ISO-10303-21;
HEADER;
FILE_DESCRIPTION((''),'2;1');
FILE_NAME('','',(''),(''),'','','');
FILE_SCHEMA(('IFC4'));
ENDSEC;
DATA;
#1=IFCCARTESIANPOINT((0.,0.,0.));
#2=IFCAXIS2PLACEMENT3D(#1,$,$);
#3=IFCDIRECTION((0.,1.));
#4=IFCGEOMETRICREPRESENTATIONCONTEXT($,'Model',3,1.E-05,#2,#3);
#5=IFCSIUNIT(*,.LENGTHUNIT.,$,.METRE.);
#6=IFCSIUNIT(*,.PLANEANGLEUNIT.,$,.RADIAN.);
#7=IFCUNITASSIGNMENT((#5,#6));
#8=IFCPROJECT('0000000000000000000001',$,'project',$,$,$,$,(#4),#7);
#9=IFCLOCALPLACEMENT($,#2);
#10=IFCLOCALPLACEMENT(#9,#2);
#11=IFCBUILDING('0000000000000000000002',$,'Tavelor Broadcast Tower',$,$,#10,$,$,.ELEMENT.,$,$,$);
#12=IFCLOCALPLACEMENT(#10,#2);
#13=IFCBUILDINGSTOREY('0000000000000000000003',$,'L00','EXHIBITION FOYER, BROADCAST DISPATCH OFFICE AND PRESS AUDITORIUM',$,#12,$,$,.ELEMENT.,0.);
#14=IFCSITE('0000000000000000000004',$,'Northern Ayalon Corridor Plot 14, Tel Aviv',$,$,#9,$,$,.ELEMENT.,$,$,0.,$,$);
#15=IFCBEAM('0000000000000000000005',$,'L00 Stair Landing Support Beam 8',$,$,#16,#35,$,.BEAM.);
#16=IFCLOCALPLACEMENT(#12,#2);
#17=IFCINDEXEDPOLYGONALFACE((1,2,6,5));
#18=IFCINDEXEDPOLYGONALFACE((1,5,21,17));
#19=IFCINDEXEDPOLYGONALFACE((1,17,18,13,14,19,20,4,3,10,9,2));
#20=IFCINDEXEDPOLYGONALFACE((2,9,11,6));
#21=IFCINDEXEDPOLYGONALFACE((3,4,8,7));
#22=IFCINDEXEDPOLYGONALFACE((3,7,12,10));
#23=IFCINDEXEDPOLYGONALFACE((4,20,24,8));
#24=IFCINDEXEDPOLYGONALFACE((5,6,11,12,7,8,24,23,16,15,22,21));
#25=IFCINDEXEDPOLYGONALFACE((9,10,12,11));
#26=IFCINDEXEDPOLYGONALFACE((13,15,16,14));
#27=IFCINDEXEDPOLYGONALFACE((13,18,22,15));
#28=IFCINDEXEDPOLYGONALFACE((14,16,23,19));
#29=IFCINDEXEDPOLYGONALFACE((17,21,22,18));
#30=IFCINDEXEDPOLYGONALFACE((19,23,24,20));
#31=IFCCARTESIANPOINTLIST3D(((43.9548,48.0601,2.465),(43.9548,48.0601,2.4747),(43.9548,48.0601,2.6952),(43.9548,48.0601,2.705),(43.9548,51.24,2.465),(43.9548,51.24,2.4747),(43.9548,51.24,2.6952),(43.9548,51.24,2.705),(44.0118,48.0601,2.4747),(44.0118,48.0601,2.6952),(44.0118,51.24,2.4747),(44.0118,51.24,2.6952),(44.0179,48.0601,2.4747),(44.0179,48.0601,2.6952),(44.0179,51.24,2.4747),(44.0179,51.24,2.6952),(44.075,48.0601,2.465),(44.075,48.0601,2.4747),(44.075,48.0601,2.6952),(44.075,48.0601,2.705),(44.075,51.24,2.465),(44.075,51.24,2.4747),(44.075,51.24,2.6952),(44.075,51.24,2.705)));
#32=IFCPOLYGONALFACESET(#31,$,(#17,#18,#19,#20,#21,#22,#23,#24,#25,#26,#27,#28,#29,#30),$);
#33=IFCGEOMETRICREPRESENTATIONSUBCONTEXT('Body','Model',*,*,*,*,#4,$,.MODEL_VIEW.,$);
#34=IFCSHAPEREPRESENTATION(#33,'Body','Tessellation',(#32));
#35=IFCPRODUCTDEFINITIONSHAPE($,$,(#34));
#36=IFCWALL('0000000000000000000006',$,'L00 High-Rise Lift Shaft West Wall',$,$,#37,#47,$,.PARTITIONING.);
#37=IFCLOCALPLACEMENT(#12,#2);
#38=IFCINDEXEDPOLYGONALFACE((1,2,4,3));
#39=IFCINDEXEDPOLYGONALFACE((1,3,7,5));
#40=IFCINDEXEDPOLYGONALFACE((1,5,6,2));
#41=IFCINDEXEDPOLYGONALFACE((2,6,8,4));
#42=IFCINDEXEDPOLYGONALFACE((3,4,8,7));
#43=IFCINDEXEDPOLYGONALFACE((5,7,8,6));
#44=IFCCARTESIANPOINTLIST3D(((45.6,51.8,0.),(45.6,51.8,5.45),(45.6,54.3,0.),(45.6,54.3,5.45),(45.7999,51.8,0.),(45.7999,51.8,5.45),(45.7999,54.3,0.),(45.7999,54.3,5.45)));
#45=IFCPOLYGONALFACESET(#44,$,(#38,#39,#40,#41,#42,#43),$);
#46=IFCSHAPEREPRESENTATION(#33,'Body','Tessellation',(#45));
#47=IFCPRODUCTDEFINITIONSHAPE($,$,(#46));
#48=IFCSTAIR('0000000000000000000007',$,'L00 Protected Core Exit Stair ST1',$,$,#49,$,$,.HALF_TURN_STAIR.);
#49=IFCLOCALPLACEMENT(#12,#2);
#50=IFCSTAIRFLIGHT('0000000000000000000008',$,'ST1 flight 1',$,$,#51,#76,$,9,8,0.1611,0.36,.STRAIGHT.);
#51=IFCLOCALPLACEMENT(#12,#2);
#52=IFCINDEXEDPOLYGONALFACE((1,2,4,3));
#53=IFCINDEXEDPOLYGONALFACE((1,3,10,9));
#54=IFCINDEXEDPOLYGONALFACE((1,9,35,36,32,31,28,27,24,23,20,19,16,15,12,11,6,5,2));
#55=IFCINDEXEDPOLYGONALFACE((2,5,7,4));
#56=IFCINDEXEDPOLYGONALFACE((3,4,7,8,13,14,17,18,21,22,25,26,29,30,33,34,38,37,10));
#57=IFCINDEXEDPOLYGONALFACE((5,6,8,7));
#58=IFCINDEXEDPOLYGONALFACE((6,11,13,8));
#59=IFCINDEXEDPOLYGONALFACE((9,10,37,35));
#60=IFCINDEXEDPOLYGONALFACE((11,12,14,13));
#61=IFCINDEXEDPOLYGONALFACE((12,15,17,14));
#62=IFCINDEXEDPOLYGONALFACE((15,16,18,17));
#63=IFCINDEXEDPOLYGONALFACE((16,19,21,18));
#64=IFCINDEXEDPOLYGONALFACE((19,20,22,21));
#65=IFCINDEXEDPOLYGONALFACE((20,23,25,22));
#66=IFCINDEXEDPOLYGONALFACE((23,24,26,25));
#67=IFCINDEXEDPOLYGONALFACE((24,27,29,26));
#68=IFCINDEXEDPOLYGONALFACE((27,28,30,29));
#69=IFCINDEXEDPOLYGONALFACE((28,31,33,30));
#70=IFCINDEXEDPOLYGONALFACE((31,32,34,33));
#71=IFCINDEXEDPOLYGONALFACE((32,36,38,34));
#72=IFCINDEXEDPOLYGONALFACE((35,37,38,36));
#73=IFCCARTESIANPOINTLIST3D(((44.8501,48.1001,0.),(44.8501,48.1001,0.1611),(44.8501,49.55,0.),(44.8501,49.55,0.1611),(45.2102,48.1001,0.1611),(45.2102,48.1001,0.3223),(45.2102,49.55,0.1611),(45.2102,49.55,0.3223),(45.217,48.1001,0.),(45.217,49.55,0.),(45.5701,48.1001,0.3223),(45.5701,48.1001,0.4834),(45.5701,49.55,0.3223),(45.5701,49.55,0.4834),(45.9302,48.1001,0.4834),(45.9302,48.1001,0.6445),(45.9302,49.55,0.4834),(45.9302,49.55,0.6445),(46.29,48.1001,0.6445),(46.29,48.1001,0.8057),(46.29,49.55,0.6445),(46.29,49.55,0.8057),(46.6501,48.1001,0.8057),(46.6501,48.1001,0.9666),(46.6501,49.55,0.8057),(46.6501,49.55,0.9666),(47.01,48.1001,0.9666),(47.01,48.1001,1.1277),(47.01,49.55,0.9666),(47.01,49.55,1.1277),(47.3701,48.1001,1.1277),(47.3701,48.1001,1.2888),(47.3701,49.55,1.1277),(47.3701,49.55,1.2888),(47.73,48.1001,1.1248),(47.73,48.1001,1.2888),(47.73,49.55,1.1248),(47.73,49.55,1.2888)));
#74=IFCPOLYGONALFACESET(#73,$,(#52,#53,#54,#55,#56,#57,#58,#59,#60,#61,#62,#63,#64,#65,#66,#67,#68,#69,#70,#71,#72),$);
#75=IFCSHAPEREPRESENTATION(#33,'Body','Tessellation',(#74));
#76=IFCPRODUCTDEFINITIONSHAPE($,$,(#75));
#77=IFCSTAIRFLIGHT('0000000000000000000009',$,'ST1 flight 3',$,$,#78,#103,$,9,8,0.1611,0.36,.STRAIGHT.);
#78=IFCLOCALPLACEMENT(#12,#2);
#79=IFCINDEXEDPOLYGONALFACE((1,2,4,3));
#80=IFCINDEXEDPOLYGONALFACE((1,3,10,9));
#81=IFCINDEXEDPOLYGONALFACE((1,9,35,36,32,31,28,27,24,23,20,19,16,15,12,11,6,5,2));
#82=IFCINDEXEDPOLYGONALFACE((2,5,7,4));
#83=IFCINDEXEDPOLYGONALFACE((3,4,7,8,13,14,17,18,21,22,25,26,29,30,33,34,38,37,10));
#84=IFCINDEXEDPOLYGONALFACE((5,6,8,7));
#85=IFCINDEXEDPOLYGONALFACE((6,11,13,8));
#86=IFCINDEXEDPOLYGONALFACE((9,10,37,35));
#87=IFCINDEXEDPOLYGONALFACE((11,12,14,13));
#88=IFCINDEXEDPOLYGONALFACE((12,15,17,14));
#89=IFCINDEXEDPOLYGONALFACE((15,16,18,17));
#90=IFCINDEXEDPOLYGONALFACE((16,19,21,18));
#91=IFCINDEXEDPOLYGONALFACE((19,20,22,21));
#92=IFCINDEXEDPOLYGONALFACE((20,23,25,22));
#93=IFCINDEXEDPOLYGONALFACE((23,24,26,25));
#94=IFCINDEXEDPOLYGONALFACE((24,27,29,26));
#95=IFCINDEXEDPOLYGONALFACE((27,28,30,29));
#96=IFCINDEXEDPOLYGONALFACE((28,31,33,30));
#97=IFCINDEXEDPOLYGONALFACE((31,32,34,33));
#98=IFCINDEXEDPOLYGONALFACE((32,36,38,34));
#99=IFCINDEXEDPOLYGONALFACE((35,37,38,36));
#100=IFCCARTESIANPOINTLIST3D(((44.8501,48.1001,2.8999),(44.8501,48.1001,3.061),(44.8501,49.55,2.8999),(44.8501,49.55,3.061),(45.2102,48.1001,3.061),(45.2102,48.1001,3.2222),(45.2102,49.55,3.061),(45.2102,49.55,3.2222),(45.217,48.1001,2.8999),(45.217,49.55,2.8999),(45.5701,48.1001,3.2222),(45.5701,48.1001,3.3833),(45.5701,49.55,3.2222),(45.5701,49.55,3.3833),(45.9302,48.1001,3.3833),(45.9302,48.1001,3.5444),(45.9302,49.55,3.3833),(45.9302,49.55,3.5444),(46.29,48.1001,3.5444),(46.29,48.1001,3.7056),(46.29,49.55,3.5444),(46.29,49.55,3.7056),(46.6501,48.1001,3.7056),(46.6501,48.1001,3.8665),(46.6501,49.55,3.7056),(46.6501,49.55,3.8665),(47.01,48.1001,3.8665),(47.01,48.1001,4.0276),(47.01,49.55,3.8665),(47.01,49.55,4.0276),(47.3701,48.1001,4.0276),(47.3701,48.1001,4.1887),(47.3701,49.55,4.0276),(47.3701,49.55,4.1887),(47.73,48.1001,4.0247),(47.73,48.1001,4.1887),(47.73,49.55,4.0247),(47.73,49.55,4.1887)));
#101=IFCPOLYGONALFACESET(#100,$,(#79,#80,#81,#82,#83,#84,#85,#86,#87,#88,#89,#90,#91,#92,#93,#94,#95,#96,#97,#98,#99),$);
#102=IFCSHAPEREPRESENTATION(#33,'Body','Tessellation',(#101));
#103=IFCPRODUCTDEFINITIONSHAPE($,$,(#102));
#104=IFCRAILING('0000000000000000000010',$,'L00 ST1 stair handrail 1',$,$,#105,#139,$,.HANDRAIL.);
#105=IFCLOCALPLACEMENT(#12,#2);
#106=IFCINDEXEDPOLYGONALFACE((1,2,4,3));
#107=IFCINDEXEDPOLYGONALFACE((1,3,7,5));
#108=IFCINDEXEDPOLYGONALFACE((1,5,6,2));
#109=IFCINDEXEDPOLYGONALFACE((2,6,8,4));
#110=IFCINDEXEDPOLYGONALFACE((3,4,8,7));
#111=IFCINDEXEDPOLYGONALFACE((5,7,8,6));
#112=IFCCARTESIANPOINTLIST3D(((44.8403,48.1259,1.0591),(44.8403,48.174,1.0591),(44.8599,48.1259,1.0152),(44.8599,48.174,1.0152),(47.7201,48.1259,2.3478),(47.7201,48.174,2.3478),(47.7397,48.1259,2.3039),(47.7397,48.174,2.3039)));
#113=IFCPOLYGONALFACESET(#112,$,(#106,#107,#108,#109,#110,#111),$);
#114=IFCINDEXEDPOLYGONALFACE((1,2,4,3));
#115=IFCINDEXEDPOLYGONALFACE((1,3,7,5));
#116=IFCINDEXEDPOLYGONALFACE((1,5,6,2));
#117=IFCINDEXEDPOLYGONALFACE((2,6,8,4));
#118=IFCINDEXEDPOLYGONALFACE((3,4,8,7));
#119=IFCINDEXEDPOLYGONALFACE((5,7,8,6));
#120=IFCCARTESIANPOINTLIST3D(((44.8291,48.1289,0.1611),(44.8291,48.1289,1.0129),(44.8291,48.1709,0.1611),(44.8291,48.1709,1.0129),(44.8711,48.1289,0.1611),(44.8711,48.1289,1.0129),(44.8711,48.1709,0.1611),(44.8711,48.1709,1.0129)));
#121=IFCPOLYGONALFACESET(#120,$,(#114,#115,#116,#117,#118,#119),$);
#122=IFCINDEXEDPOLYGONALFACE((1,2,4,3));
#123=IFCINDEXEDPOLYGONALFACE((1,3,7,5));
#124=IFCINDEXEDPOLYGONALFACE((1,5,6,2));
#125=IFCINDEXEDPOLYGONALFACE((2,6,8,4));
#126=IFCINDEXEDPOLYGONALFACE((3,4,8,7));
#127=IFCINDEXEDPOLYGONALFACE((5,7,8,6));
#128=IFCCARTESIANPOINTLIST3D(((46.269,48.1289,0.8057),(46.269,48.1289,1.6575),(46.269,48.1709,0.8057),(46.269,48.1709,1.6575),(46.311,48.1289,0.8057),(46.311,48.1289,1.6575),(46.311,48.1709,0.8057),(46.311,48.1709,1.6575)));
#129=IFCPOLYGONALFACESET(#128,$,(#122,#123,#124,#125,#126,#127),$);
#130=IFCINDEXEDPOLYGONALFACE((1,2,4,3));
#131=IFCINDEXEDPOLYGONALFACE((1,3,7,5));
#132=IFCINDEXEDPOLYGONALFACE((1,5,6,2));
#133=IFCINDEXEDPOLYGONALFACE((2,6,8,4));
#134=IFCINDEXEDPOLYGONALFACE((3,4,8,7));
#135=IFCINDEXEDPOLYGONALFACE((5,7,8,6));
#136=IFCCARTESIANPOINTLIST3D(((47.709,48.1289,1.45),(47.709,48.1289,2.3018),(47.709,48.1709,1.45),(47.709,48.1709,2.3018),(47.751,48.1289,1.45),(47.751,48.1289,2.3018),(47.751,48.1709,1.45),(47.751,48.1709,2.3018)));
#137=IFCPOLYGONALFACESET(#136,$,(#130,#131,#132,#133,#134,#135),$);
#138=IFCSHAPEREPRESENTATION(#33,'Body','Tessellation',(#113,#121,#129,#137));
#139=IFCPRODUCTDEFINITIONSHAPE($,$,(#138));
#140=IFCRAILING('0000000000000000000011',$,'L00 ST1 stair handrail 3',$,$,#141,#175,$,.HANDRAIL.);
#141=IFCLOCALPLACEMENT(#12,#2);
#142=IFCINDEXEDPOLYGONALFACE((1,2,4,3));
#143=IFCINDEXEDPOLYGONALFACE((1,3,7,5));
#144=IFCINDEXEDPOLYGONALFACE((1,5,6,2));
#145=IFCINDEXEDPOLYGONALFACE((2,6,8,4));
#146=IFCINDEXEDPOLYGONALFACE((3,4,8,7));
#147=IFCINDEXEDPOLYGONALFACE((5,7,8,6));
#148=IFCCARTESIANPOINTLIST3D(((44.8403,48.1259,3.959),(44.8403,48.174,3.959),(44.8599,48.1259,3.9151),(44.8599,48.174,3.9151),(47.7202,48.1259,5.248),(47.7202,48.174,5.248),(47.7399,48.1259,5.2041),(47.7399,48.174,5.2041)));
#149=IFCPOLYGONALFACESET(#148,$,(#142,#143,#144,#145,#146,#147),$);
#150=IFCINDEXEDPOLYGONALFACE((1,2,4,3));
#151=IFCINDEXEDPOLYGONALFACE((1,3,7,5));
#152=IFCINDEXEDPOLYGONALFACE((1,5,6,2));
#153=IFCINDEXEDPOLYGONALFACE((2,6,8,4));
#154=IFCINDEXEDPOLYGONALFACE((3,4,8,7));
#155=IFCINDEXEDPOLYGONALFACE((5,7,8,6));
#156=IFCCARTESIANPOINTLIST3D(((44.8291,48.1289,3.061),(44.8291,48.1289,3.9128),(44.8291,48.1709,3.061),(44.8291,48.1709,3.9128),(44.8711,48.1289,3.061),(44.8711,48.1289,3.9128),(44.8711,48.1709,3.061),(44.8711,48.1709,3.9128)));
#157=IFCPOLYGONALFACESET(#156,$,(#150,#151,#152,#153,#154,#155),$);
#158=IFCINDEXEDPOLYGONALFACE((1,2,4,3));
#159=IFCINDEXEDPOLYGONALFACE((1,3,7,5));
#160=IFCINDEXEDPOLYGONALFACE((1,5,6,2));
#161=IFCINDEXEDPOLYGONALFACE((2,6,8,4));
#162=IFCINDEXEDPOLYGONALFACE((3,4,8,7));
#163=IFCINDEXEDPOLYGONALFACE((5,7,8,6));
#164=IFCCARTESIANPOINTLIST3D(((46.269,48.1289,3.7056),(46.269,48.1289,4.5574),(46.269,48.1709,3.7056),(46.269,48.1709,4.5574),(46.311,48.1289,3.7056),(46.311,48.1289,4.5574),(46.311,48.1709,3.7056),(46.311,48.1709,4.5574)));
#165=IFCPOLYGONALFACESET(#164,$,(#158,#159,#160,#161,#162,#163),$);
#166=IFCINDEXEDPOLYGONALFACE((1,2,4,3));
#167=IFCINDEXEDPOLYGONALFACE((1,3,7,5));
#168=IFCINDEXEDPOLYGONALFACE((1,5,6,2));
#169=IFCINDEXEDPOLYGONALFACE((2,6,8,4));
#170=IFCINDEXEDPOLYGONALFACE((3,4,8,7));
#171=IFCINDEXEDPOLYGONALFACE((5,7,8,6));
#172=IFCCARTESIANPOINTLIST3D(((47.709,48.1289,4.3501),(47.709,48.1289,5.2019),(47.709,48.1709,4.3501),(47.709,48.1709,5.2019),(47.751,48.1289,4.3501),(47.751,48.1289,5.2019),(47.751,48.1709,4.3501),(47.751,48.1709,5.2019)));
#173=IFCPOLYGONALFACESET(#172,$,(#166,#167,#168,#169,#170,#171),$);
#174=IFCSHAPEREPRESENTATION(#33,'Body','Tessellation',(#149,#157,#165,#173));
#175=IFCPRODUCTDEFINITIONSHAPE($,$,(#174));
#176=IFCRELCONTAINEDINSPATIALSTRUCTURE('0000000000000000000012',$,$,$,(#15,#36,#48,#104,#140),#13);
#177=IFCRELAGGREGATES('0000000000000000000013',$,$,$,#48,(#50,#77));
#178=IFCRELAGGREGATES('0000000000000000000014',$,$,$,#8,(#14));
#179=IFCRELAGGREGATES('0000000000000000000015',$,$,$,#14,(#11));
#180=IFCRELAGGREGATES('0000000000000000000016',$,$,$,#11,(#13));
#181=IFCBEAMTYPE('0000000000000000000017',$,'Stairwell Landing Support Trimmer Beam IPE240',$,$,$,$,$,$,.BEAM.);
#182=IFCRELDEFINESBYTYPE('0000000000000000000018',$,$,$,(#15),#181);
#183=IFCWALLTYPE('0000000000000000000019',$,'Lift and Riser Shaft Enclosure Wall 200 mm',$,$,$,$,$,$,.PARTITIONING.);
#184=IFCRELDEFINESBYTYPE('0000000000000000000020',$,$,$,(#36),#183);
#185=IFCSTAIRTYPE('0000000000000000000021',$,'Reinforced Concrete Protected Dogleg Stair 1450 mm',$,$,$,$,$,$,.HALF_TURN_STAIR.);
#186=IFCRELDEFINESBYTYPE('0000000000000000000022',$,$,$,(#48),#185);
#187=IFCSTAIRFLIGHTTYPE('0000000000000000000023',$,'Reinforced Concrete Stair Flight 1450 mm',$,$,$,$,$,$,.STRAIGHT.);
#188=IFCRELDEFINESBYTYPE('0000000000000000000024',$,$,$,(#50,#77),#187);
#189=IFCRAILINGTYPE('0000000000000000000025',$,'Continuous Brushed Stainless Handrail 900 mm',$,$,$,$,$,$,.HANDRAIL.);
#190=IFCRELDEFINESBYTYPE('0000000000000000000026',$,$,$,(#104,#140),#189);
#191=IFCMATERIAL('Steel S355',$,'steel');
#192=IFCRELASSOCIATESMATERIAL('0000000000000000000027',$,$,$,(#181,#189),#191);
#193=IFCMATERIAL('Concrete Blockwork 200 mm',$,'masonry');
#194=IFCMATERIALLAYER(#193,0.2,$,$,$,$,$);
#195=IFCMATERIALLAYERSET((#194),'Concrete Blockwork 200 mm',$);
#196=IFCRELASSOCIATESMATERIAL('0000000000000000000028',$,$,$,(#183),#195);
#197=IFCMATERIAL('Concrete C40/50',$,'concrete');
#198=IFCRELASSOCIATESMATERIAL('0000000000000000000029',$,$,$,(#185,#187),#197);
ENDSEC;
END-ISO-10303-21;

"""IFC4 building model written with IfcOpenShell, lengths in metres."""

from ifc_helpers import new_model, si_unit, direction, frame, frame_2d, origin, origin_2d, place, context, subcontext, project, spatial, polyline, rectangle, i_section, outline, extrude, material, layer, layer_set, material_profile, profile_set, type_object, element, aggregate, save


model = new_model("IFC4")

# Units and contexts
model_context = context("Model", 3, precision=1e-05, world=origin(), true_north=direction((0.0, 1.0)))
body_context = subcontext(model_context, "Body", "Model", "MODEL_VIEW")
ifc_project = project(units=[si_unit("LENGTHUNIT", "METRE"), si_unit("PLANEANGLEUNIT", "RADIAN")], contexts=[model_context])

# Site, building, storey
site_placement = place(None, origin())
site = spatial("IfcSite", under=ifc_project, at=site_placement, Name="Northern Ayalon Corridor Plot 14, Tel Aviv", CompositionType="ELEMENT", RefElevation=0.0)
building_placement = place(site_placement, origin())
building = spatial("IfcBuilding", under=site, at=building_placement, Name="Tavelor Broadcast Tower", CompositionType="ELEMENT")
storey_placement = place(building_placement, origin())
storey = spatial("IfcBuildingStorey", under=building, at=storey_placement, Name="L00", Description="EXHIBITION FOYER, BROADCAST DISPATCH OFFICE AND PRESS AUDITORIUM", CompositionType="ELEMENT", Elevation=0.0)

# Beam
ifc_material_1 = material(Name="Steel S355", Category="steel")
ifc_material_profile = material_profile(ifc_material_1, i_section(OverallWidth=0.1201, OverallDepth=0.24, WebThickness=0.0061, FlangeThickness=0.0098, at=origin_2d()), Name="IPE 240")
ifc_profile_set = profile_set([ifc_material_profile], Name="Steel S355")
beam_type = type_object("IfcBeamType", Name="Stairwell Landing Support Trimmer Beam IPE240", PredefinedType="BEAM", material=ifc_profile_set)
beam_placement = place(storey_placement, frame((44.0149, 48.0601, 2.585), z_axis=(0.0, 1.0, 0.0), x_axis=(-1.0, 0.0, 0.0)))
element("IfcBeam", 1, at=beam_placement, inside=storey, type_object=beam_type, Name="L00 Stair Landing Support Beam 8", PredefinedType="BEAM", context=body_context, shape_type="SweptSolid", body=[
    extrude(i_section(OverallWidth=0.1201, OverallDepth=0.24, WebThickness=0.0061, FlangeThickness=0.0098, at=origin_2d()), origin(), (0.0, 0.0, 1.0), 3.1799),
])

# Shared definitions
ifc_material_2 = material(Name="Concrete Blockwork 200 mm", Category="masonry")

# Wall
ifc_layer_1 = layer(ifc_material_2, 0.2)
ifc_layer_set_1 = layer_set([ifc_layer_1], Name="Concrete Blockwork 200 mm")
wall_type_1 = type_object("IfcWallType", Name="Lift and Riser Shaft Enclosure Wall 200 mm", PredefinedType="PARTITIONING", material=ifc_layer_set_1)
wall_1_placement = place(storey_placement, frame((45.7, 51.8, 0.0), z_axis=(0.0, 0.0, 1.0), x_axis=(0.0, 1.0, 0.0)))
element("IfcWall", 2, at=wall_1_placement, inside=storey, type_object=wall_type_1, Name="L00 High-Rise Lift Shaft West Wall", PredefinedType="PARTITIONING", context=body_context, shape_type="SweptSolid", body=[
    extrude(rectangle(XDim=2.5, YDim=0.2, at=frame_2d((1.25, 0.0))), origin(), (0.0, 0.0, 1.0), 5.45),
])

# Stair, stair flights
ifc_material_3 = material(Name="Concrete C40/50", Category="concrete")
stair_type = type_object("IfcStairType", Name="Reinforced Concrete Protected Dogleg Stair 1450 mm", PredefinedType="HALF_TURN_STAIR", material=ifc_material_3)
stair_placement = place(storey_placement, origin())
stair = element("IfcStair", 3, at=stair_placement, inside=storey, type_object=stair_type, Name="L00 Protected Core Exit Stair ST1", PredefinedType="HALF_TURN_STAIR")
stair_flight_type = type_object("IfcStairFlightType", Name="Reinforced Concrete Stair Flight 1450 mm", PredefinedType="STRAIGHT", material=ifc_material_3)
stair_flight_1_placement = place(storey_placement, frame((44.8501, 48.825, 0.0), z_axis=(0.0, 0.0, 1.0), x_axis=(1.0, 0.0, 0.0)))
stair_flight_1 = element("IfcStairFlight", 4, at=stair_flight_1_placement, type_object=stair_flight_type, Name="ST1 flight 1", NumberOfRisers=9, NumberOfTreads=8, PredefinedType="STRAIGHT", RiserHeight=0.1611, TreadLength=0.36, context=body_context, shape_type="SweptSolid", body=[
    extrude(outline(polyline([(0.0, 0.0), (0.0, 0.1611), (0.3601, 0.1611), (0.3601, 0.3223), (0.72, 0.3223), (0.72, 0.4834), (1.0801, 0.4834), (1.0801, 0.6445), (1.4399, 0.6445), (1.4399, 0.8057), (1.8, 0.8057), (1.8, 0.9666), (2.1599, 0.9666), (2.1599, 1.1277), (2.52, 1.1277), (2.52, 1.2888), (2.8799, 1.2888), (2.8799, 1.45), (2.8799, 1.1248), (0.3669, 0.0), (0.0, 0.0)])), frame((0.0, 0.7251, 0.0), z_axis=(0.0, -1.0, 0.0), x_axis=(1.0, 0.0, 0.0)), (0.0, 0.0, 1.0), 1.45),
])
stair_flight_2_placement = place(storey_placement, frame((44.8501, 48.825, 2.8999), z_axis=(0.0, 0.0, 1.0), x_axis=(1.0, 0.0, 0.0)))
stair_flight_2 = element("IfcStairFlight", 5, at=stair_flight_2_placement, type_object=stair_flight_type, Name="ST1 flight 3", NumberOfRisers=9, NumberOfTreads=8, PredefinedType="STRAIGHT", RiserHeight=0.1611, TreadLength=0.36, context=body_context, shape_type="SweptSolid", body=[
    extrude(outline(polyline([(0.0, 0.0), (0.0, 0.1611), (0.3601, 0.1611), (0.3601, 0.3223), (0.72, 0.3223), (0.72, 0.4834), (1.0801, 0.4834), (1.0801, 0.6445), (1.4399, 0.6445), (1.4399, 0.8057), (1.8, 0.8057), (1.8, 0.9666), (2.1599, 0.9666), (2.1599, 1.1277), (2.52, 1.1277), (2.52, 1.2888), (2.8799, 1.2888), (2.8799, 1.45), (2.8799, 1.1248), (0.3669, 0.0), (0.0, 0.0)])), frame((0.0, 0.7251, 0.0), z_axis=(0.0, -1.0, 0.0), x_axis=(1.0, 0.0, 0.0)), (0.0, 0.0, 1.0), 1.45),
])
aggregate(stair, [stair_flight_1, stair_flight_2])

# Railings
railing_type_1 = type_object("IfcRailingType", Name="Continuous Brushed Stainless Handrail 900 mm", PredefinedType="HANDRAIL", material=ifc_material_1)
railing_1_placement = place(storey_placement, frame((44.8501, 48.1499, 0.1611)))
element("IfcRailing", 6, at=railing_1_placement, inside=storey, type_object=railing_type_1, Name="L00 ST1 stair handrail 1", PredefinedType="HANDRAIL", context=body_context, shape_type="SweptSolid", body=[
    extrude(rectangle(XDim=0.0481, YDim=0.0481, at=origin_2d()), frame((0.0, 0.0, 0.876), z_axis=(0.912765, 0.0, 0.408485), x_axis=(0.0, 1.0, 0.0)), (0.0, 0.0, 1.0), 3.155),
    extrude(rectangle(XDim=0.042, YDim=0.042, at=origin_2d()), origin(), (0.0, 0.0, 1.0), 0.8518),
    extrude(rectangle(XDim=0.042, YDim=0.042, at=origin_2d()), frame((1.4399, 0.0, 0.6445)), (0.0, 0.0, 1.0), 0.8518),
    extrude(rectangle(XDim=0.042, YDim=0.042, at=origin_2d()), frame((2.8799, 0.0, 1.2888)), (0.0, 0.0, 1.0), 0.8518),
])
railing_2_placement = place(storey_placement, frame((44.8501, 48.1499, 3.061)))
element("IfcRailing", 7, at=railing_2_placement, inside=storey, type_object=railing_type_1, Name="L00 ST1 stair handrail 3", PredefinedType="HANDRAIL", context=body_context, shape_type="SweptSolid", body=[
    extrude(rectangle(XDim=0.0481, YDim=0.0481, at=origin_2d()), frame((0.0, 0.0, 0.876), z_axis=(0.912736, 0.0, 0.408549), x_axis=(0.0, 1.0, 0.0)), (0.0, 0.0, 1.0), 3.1553),
    extrude(rectangle(XDim=0.042, YDim=0.042, at=origin_2d()), origin(), (0.0, 0.0, 1.0), 0.8518),
    extrude(rectangle(XDim=0.042, YDim=0.042, at=origin_2d()), frame((1.4399, 0.0, 0.6445)), (0.0, 0.0, 1.0), 0.8518),
    extrude(rectangle(XDim=0.042, YDim=0.042, at=origin_2d()), frame((2.8799, 0.0, 1.2891)), (0.0, 0.0, 1.0), 0.8518),
])

save(model, "model.ifc")
